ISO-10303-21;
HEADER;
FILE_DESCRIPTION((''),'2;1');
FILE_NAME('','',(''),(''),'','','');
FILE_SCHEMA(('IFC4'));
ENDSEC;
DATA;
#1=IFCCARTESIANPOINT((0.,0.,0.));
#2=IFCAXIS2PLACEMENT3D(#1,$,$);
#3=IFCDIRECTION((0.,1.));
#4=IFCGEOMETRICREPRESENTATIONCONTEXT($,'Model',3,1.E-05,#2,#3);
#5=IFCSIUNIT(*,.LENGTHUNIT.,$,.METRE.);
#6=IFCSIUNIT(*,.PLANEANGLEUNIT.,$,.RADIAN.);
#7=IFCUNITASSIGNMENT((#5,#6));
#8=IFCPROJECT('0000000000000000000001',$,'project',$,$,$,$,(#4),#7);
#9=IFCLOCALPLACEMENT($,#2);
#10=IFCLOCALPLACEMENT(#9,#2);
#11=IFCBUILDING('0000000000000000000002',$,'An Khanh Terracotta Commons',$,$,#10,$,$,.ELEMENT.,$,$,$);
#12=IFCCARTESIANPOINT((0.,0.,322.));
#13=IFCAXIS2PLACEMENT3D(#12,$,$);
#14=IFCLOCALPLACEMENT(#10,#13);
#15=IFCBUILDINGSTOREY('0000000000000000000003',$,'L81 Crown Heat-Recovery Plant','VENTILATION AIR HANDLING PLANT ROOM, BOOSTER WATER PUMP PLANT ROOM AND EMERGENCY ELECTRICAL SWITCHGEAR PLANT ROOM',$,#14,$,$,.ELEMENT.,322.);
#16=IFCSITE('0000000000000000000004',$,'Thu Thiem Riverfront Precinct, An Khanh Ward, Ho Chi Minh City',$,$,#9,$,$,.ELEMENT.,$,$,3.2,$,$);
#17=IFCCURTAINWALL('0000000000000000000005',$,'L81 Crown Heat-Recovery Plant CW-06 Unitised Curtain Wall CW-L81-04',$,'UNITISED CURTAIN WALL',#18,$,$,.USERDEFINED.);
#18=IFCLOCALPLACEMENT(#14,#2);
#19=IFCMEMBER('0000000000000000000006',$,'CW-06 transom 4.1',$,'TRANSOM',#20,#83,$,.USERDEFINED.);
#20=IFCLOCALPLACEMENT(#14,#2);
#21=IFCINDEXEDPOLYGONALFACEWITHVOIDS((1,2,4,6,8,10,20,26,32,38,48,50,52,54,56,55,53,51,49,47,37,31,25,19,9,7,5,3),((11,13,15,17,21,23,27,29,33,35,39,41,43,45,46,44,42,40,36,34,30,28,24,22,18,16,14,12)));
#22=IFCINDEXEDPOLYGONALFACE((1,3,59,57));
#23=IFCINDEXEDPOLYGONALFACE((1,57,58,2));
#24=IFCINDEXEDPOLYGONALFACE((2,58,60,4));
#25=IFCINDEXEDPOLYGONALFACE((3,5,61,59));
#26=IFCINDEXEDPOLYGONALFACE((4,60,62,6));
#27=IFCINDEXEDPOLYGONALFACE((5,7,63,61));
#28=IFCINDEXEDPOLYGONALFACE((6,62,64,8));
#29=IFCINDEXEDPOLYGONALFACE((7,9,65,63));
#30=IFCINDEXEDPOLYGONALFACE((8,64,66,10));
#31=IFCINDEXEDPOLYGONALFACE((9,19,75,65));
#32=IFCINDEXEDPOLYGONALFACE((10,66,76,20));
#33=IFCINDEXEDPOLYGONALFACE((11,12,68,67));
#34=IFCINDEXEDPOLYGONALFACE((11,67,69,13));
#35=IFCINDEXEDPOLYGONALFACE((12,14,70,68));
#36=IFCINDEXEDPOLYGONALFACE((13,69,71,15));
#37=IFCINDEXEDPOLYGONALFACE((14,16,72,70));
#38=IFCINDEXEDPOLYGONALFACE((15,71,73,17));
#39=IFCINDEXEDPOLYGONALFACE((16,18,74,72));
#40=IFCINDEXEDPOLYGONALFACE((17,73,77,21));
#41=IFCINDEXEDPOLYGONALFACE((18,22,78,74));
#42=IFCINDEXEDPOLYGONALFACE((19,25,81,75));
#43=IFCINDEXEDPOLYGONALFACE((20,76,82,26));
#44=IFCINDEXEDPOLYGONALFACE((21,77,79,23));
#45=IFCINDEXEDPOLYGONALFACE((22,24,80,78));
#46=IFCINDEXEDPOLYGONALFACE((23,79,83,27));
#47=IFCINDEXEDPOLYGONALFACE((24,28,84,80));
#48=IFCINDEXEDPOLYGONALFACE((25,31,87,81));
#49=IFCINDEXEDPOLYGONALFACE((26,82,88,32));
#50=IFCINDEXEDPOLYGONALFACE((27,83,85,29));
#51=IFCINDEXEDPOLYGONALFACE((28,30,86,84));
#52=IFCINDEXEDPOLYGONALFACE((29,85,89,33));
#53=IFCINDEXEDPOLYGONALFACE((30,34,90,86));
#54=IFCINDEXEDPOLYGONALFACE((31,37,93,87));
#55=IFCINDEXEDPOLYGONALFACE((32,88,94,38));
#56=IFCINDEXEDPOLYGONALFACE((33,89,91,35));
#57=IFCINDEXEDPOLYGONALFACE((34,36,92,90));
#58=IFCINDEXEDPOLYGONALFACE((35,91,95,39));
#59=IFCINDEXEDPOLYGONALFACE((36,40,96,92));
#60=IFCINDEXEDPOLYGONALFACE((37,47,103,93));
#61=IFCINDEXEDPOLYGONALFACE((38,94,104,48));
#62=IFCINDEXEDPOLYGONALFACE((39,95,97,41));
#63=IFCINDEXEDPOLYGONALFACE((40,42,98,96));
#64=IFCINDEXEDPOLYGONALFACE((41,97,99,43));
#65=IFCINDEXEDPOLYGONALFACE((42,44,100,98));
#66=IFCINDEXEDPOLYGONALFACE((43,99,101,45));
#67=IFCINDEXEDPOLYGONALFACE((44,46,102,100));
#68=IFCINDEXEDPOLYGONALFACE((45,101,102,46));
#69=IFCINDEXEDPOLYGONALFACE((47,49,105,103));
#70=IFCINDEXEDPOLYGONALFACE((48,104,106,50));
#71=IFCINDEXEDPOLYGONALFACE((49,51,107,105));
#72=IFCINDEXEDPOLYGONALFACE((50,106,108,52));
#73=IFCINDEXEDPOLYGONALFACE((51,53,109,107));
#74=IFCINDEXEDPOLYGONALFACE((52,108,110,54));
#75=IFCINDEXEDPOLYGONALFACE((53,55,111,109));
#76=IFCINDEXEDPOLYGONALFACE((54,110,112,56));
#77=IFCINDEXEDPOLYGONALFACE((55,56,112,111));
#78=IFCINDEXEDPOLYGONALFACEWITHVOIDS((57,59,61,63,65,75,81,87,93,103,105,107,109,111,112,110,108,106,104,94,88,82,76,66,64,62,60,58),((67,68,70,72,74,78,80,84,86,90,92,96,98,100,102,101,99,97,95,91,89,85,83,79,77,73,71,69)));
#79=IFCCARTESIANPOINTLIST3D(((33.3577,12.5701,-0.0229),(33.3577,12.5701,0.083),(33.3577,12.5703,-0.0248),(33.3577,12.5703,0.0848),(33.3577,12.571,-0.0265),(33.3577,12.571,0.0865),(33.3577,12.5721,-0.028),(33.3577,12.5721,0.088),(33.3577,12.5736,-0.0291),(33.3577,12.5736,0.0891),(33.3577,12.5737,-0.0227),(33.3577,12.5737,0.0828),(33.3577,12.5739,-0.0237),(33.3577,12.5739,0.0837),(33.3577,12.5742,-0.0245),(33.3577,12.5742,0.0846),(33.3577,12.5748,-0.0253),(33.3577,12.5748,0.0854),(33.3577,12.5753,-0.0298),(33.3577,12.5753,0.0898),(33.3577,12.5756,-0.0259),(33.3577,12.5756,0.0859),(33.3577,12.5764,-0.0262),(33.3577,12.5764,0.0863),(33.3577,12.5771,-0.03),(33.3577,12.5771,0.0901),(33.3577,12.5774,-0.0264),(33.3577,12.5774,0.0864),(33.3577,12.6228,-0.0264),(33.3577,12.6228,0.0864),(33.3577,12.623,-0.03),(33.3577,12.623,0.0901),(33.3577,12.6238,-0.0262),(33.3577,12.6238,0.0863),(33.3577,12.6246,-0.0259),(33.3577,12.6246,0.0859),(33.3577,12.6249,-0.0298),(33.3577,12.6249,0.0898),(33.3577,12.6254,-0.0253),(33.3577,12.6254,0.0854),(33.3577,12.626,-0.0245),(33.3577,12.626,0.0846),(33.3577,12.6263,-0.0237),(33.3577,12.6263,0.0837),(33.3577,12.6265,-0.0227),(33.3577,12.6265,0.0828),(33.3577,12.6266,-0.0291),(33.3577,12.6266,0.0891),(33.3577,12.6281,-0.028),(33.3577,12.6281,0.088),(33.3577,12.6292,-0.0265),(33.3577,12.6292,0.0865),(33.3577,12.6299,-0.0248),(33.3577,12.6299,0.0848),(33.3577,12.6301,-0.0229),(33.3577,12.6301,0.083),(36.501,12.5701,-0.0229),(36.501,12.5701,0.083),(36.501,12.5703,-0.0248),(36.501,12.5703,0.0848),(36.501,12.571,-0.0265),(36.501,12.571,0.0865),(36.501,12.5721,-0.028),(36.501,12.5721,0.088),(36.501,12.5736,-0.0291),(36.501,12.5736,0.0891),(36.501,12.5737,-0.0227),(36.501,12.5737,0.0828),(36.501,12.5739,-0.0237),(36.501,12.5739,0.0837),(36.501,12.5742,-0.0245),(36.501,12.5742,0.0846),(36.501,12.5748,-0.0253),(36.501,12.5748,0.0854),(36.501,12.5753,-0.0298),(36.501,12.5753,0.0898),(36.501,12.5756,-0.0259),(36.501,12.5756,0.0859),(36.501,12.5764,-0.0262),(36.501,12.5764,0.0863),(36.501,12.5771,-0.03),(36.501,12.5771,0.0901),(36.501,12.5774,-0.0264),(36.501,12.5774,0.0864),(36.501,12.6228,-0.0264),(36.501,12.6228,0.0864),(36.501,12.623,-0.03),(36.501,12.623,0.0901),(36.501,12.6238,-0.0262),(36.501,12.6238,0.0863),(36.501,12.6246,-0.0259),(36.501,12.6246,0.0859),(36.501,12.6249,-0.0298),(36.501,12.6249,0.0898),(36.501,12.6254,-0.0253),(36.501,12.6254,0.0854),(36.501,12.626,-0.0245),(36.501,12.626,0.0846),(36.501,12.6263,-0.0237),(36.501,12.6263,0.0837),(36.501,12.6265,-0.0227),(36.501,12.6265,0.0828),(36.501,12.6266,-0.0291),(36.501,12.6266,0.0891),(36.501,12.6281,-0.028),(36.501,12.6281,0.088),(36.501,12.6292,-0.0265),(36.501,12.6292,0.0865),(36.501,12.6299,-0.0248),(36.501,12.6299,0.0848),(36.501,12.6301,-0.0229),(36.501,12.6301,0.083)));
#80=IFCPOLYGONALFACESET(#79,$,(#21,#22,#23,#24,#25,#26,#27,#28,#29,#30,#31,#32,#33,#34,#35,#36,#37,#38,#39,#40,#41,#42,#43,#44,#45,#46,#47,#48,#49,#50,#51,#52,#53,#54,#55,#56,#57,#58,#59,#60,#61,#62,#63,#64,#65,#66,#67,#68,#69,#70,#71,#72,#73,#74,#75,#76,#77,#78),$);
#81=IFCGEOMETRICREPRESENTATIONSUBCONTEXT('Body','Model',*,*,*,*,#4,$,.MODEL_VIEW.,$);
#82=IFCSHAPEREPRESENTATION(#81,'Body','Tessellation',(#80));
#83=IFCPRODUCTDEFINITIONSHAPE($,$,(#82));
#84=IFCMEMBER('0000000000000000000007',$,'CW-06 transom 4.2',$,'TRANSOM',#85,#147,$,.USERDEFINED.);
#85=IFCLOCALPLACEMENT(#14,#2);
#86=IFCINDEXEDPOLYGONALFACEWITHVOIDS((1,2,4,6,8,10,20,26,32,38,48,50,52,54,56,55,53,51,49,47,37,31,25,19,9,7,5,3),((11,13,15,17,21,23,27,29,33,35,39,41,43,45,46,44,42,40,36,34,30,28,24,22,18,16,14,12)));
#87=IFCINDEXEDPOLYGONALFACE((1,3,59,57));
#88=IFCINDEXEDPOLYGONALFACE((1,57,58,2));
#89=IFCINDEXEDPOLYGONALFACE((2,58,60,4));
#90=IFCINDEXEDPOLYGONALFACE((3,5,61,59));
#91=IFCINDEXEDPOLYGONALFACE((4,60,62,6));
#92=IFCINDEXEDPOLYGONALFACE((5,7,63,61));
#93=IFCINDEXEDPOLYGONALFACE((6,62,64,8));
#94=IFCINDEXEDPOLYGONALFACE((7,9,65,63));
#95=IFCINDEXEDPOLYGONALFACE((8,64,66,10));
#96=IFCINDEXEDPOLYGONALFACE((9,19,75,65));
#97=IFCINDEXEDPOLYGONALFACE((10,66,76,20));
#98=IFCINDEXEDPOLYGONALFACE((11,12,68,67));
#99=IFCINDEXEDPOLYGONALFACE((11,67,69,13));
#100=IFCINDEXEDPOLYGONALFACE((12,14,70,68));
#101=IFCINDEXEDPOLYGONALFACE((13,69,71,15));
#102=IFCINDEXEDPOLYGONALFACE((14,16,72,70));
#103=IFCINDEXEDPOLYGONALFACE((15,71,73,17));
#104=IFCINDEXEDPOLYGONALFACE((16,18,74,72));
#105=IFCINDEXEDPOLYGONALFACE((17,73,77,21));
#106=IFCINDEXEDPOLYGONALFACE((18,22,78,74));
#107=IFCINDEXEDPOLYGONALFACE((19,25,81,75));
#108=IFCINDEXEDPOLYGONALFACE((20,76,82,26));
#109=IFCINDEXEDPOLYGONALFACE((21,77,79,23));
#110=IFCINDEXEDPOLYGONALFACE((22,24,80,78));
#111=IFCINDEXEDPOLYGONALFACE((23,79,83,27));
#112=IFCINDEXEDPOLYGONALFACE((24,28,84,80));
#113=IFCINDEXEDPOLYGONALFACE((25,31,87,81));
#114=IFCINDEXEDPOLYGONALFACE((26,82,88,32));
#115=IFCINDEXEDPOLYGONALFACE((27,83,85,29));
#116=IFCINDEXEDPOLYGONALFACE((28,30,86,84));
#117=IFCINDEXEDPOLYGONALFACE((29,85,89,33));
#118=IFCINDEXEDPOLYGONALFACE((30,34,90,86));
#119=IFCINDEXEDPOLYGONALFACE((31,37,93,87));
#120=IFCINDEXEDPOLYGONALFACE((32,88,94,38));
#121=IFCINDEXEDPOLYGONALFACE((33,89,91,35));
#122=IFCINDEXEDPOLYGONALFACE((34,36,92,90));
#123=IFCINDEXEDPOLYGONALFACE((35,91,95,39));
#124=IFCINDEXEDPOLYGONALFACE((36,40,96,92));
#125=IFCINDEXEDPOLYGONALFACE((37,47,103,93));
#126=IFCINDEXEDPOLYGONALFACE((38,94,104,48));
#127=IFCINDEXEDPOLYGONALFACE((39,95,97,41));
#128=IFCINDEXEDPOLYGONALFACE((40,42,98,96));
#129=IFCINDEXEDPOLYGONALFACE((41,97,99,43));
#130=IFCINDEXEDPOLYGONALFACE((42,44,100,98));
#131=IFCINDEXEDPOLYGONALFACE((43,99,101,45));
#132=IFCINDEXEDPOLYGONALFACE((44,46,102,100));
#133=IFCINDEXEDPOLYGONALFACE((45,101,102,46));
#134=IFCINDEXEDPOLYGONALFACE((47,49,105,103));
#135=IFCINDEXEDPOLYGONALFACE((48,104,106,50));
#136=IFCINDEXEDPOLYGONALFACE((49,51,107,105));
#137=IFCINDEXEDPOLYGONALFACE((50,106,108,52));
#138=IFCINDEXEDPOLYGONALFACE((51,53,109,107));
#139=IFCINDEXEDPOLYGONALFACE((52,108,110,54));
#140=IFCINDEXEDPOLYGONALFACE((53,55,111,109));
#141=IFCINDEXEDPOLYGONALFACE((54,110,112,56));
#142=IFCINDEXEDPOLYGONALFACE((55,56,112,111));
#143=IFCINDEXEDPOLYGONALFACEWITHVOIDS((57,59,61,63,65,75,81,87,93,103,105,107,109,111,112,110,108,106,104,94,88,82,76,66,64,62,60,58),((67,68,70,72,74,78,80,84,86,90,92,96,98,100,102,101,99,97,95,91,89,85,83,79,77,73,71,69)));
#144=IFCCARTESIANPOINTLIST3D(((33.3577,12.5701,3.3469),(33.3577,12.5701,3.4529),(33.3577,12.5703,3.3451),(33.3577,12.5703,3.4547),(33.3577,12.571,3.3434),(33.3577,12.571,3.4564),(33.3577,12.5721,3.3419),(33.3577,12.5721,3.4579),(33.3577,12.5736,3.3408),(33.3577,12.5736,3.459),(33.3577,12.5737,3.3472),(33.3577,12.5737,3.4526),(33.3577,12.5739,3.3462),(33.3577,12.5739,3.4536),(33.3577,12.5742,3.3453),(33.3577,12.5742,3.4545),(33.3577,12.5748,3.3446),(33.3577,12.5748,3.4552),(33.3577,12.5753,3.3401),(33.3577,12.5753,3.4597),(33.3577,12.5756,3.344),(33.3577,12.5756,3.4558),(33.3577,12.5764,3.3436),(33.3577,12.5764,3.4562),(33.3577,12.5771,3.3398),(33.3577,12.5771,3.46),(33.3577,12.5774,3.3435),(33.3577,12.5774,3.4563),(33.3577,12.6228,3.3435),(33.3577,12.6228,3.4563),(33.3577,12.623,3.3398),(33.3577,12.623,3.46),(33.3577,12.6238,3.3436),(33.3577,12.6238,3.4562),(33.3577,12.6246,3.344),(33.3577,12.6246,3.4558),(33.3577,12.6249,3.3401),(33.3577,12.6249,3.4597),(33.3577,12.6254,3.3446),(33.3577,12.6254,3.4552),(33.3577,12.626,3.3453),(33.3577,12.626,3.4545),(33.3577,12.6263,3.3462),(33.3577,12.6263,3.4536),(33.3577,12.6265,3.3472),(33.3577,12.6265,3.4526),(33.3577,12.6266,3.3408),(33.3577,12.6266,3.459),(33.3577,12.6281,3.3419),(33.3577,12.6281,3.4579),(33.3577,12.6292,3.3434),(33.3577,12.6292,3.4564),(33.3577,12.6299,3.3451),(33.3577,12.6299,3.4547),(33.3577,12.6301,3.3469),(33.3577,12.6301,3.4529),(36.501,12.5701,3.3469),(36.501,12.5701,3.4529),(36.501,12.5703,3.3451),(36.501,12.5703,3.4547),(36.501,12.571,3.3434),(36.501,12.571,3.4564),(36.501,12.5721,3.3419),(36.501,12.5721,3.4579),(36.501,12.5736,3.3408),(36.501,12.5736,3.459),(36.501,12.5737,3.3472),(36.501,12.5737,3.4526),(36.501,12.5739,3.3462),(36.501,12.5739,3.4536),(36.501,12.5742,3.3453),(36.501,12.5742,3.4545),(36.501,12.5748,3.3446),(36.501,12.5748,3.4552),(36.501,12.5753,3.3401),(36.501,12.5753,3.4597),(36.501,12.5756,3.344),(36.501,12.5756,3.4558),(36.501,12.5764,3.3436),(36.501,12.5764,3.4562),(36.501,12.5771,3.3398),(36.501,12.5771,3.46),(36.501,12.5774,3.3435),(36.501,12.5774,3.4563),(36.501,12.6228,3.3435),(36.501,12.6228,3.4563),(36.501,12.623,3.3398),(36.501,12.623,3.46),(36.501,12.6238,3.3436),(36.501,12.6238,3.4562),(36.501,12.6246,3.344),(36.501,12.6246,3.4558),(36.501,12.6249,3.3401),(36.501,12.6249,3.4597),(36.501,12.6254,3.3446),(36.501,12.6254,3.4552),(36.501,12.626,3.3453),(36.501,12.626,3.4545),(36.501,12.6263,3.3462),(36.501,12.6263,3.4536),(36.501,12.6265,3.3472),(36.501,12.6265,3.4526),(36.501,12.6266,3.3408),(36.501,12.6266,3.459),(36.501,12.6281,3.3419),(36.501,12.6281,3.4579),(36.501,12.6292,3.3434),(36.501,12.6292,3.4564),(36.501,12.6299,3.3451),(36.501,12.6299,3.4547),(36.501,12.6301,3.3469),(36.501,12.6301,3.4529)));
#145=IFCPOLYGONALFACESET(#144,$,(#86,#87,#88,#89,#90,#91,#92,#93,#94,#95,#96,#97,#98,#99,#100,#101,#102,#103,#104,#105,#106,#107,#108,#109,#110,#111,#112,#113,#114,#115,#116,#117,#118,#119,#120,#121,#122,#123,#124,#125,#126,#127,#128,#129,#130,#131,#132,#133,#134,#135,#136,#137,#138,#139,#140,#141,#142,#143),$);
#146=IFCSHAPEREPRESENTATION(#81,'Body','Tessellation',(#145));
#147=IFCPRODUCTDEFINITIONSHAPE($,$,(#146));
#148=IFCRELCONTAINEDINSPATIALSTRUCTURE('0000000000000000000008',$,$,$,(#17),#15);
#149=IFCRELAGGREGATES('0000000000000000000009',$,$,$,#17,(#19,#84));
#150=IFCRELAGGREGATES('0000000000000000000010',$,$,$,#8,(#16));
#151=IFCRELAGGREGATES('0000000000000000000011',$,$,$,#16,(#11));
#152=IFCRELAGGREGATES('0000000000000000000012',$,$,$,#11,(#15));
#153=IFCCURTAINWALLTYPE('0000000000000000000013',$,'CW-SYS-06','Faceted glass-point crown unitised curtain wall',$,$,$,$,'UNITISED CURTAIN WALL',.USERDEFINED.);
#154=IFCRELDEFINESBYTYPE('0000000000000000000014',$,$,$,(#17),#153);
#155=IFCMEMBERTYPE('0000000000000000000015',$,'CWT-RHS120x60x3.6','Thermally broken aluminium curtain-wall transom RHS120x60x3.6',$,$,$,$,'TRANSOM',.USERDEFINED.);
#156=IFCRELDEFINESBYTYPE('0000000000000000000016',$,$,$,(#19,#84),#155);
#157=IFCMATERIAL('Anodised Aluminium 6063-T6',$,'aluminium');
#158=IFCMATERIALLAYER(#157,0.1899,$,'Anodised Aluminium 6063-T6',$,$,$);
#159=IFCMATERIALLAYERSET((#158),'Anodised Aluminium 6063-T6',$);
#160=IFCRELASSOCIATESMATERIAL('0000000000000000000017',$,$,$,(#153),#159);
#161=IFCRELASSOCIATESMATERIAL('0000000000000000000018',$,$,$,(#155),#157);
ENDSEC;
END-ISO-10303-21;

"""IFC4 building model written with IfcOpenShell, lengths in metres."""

from ifc_helpers import new_model, si_unit, direction, frame, origin, origin_2d, place, context, subcontext, project, spatial, hollow_rectangle, extrude, material, layer, layer_set, material_profile, profile_set, type_object, element, aggregate, save


model = new_model("IFC4")

# Units and contexts
model_context = context("Model", 3, precision=1e-05, world=origin(), true_north=direction((0.0, 1.0)))
body_context = subcontext(model_context, "Body", "Model", "MODEL_VIEW")
ifc_project = project(units=[si_unit("LENGTHUNIT", "METRE"), si_unit("PLANEANGLEUNIT", "RADIAN")], contexts=[model_context])

# Site, building, storey
site_placement = place(None, origin())
site = spatial("IfcSite", under=ifc_project, at=site_placement, Name="Thu Thiem Riverfront Precinct, An Khanh Ward, Ho Chi Minh City", CompositionType="ELEMENT", RefElevation=3.2)
building_placement = place(site_placement, origin())
building = spatial("IfcBuilding", under=site, at=building_placement, Name="An Khanh Terracotta Commons", CompositionType="ELEMENT")
storey_placement = place(building_placement, frame((0.0, 0.0, 322.0)))
storey = spatial("IfcBuildingStorey", under=building, at=storey_placement, Name="L81 Crown Heat-Recovery Plant", Description="VENTILATION AIR HANDLING PLANT ROOM, BOOSTER WATER PUMP PLANT ROOM AND EMERGENCY ELECTRICAL SWITCHGEAR PLANT ROOM", CompositionType="ELEMENT", Elevation=322.0)

# Curtain wall, members
ifc_material_1 = material(Name="Anodised Aluminium 6063-T6", Category="aluminium")
ifc_layer_1 = layer(ifc_material_1, 0.1899, Name="Anodised Aluminium 6063-T6")
ifc_layer_set_1 = layer_set([ifc_layer_1], Name="Anodised Aluminium 6063-T6")
curtain_wall_type = type_object("IfcCurtainWallType", Name="CW-SYS-06", Description="Faceted glass-point crown unitised curtain wall", ElementType="UNITISED CURTAIN WALL", PredefinedType="USERDEFINED", material=ifc_layer_set_1)
curtain_wall_placement = place(storey_placement, origin())
curtain_wall = element("IfcCurtainWall", 1, at=curtain_wall_placement, inside=storey, type_object=curtain_wall_type, Name="L81 Crown Heat-Recovery Plant CW-06 Unitised Curtain Wall CW-L81-04", ObjectType="UNITISED CURTAIN WALL", PredefinedType="USERDEFINED")
ifc_material_profile_1 = material_profile(ifc_material_1, hollow_rectangle(XDim=0.0601, YDim=0.1201, WallThickness=0.0037, InnerFilletRadius=0.0037, OuterFilletRadius=0.0071, at=origin_2d()), Name="RHS120x60x3.6")
ifc_profile_set_1 = profile_set([ifc_material_profile_1], Name="Anodised Aluminium 6063-T6")
member_type_1 = type_object("IfcMemberType", Name="CWT-RHS120x60x3.6", Description="Thermally broken aluminium curtain-wall transom RHS120x60x3.6", ElementType="TRANSOM", PredefinedType="USERDEFINED", material=ifc_profile_set_1)
member_1_placement = place(storey_placement, frame((33.3577, 12.6001, 0.03), z_axis=(1.0, 0.0, 0.0), x_axis=(0.0, 1.0, 0.0)))
member_1 = element("IfcMember", 2, at=member_1_placement, type_object=member_type_1, Name="CW-06 transom 4.1", ObjectType="TRANSOM", PredefinedType="USERDEFINED", context=body_context, shape_type="SweptSolid", body=[
    extrude(hollow_rectangle(XDim=0.0601, YDim=0.1201, WallThickness=0.0037, InnerFilletRadius=0.0037, OuterFilletRadius=0.0071, at=origin_2d()), origin(), (0.0, 0.0, 1.0), 3.1433),
])
member_2_placement = place(storey_placement, frame((33.3577, 12.6001, 3.3999), z_axis=(1.0, 0.0, 0.0), x_axis=(0.0, 1.0, 0.0)))
member_2 = element("IfcMember", 3, at=member_2_placement, type_object=member_type_1, Name="CW-06 transom 4.2", ObjectType="TRANSOM", PredefinedType="USERDEFINED", context=body_context, shape_type="SweptSolid", body=[
    extrude(hollow_rectangle(XDim=0.0601, YDim=0.1201, WallThickness=0.0037, InnerFilletRadius=0.0037, OuterFilletRadius=0.0071, at=origin_2d()), origin(), (0.0, 0.0, 1.0), 3.1433),
])
aggregate(curtain_wall, [member_1, member_2])

save(model, "model.ifc")
